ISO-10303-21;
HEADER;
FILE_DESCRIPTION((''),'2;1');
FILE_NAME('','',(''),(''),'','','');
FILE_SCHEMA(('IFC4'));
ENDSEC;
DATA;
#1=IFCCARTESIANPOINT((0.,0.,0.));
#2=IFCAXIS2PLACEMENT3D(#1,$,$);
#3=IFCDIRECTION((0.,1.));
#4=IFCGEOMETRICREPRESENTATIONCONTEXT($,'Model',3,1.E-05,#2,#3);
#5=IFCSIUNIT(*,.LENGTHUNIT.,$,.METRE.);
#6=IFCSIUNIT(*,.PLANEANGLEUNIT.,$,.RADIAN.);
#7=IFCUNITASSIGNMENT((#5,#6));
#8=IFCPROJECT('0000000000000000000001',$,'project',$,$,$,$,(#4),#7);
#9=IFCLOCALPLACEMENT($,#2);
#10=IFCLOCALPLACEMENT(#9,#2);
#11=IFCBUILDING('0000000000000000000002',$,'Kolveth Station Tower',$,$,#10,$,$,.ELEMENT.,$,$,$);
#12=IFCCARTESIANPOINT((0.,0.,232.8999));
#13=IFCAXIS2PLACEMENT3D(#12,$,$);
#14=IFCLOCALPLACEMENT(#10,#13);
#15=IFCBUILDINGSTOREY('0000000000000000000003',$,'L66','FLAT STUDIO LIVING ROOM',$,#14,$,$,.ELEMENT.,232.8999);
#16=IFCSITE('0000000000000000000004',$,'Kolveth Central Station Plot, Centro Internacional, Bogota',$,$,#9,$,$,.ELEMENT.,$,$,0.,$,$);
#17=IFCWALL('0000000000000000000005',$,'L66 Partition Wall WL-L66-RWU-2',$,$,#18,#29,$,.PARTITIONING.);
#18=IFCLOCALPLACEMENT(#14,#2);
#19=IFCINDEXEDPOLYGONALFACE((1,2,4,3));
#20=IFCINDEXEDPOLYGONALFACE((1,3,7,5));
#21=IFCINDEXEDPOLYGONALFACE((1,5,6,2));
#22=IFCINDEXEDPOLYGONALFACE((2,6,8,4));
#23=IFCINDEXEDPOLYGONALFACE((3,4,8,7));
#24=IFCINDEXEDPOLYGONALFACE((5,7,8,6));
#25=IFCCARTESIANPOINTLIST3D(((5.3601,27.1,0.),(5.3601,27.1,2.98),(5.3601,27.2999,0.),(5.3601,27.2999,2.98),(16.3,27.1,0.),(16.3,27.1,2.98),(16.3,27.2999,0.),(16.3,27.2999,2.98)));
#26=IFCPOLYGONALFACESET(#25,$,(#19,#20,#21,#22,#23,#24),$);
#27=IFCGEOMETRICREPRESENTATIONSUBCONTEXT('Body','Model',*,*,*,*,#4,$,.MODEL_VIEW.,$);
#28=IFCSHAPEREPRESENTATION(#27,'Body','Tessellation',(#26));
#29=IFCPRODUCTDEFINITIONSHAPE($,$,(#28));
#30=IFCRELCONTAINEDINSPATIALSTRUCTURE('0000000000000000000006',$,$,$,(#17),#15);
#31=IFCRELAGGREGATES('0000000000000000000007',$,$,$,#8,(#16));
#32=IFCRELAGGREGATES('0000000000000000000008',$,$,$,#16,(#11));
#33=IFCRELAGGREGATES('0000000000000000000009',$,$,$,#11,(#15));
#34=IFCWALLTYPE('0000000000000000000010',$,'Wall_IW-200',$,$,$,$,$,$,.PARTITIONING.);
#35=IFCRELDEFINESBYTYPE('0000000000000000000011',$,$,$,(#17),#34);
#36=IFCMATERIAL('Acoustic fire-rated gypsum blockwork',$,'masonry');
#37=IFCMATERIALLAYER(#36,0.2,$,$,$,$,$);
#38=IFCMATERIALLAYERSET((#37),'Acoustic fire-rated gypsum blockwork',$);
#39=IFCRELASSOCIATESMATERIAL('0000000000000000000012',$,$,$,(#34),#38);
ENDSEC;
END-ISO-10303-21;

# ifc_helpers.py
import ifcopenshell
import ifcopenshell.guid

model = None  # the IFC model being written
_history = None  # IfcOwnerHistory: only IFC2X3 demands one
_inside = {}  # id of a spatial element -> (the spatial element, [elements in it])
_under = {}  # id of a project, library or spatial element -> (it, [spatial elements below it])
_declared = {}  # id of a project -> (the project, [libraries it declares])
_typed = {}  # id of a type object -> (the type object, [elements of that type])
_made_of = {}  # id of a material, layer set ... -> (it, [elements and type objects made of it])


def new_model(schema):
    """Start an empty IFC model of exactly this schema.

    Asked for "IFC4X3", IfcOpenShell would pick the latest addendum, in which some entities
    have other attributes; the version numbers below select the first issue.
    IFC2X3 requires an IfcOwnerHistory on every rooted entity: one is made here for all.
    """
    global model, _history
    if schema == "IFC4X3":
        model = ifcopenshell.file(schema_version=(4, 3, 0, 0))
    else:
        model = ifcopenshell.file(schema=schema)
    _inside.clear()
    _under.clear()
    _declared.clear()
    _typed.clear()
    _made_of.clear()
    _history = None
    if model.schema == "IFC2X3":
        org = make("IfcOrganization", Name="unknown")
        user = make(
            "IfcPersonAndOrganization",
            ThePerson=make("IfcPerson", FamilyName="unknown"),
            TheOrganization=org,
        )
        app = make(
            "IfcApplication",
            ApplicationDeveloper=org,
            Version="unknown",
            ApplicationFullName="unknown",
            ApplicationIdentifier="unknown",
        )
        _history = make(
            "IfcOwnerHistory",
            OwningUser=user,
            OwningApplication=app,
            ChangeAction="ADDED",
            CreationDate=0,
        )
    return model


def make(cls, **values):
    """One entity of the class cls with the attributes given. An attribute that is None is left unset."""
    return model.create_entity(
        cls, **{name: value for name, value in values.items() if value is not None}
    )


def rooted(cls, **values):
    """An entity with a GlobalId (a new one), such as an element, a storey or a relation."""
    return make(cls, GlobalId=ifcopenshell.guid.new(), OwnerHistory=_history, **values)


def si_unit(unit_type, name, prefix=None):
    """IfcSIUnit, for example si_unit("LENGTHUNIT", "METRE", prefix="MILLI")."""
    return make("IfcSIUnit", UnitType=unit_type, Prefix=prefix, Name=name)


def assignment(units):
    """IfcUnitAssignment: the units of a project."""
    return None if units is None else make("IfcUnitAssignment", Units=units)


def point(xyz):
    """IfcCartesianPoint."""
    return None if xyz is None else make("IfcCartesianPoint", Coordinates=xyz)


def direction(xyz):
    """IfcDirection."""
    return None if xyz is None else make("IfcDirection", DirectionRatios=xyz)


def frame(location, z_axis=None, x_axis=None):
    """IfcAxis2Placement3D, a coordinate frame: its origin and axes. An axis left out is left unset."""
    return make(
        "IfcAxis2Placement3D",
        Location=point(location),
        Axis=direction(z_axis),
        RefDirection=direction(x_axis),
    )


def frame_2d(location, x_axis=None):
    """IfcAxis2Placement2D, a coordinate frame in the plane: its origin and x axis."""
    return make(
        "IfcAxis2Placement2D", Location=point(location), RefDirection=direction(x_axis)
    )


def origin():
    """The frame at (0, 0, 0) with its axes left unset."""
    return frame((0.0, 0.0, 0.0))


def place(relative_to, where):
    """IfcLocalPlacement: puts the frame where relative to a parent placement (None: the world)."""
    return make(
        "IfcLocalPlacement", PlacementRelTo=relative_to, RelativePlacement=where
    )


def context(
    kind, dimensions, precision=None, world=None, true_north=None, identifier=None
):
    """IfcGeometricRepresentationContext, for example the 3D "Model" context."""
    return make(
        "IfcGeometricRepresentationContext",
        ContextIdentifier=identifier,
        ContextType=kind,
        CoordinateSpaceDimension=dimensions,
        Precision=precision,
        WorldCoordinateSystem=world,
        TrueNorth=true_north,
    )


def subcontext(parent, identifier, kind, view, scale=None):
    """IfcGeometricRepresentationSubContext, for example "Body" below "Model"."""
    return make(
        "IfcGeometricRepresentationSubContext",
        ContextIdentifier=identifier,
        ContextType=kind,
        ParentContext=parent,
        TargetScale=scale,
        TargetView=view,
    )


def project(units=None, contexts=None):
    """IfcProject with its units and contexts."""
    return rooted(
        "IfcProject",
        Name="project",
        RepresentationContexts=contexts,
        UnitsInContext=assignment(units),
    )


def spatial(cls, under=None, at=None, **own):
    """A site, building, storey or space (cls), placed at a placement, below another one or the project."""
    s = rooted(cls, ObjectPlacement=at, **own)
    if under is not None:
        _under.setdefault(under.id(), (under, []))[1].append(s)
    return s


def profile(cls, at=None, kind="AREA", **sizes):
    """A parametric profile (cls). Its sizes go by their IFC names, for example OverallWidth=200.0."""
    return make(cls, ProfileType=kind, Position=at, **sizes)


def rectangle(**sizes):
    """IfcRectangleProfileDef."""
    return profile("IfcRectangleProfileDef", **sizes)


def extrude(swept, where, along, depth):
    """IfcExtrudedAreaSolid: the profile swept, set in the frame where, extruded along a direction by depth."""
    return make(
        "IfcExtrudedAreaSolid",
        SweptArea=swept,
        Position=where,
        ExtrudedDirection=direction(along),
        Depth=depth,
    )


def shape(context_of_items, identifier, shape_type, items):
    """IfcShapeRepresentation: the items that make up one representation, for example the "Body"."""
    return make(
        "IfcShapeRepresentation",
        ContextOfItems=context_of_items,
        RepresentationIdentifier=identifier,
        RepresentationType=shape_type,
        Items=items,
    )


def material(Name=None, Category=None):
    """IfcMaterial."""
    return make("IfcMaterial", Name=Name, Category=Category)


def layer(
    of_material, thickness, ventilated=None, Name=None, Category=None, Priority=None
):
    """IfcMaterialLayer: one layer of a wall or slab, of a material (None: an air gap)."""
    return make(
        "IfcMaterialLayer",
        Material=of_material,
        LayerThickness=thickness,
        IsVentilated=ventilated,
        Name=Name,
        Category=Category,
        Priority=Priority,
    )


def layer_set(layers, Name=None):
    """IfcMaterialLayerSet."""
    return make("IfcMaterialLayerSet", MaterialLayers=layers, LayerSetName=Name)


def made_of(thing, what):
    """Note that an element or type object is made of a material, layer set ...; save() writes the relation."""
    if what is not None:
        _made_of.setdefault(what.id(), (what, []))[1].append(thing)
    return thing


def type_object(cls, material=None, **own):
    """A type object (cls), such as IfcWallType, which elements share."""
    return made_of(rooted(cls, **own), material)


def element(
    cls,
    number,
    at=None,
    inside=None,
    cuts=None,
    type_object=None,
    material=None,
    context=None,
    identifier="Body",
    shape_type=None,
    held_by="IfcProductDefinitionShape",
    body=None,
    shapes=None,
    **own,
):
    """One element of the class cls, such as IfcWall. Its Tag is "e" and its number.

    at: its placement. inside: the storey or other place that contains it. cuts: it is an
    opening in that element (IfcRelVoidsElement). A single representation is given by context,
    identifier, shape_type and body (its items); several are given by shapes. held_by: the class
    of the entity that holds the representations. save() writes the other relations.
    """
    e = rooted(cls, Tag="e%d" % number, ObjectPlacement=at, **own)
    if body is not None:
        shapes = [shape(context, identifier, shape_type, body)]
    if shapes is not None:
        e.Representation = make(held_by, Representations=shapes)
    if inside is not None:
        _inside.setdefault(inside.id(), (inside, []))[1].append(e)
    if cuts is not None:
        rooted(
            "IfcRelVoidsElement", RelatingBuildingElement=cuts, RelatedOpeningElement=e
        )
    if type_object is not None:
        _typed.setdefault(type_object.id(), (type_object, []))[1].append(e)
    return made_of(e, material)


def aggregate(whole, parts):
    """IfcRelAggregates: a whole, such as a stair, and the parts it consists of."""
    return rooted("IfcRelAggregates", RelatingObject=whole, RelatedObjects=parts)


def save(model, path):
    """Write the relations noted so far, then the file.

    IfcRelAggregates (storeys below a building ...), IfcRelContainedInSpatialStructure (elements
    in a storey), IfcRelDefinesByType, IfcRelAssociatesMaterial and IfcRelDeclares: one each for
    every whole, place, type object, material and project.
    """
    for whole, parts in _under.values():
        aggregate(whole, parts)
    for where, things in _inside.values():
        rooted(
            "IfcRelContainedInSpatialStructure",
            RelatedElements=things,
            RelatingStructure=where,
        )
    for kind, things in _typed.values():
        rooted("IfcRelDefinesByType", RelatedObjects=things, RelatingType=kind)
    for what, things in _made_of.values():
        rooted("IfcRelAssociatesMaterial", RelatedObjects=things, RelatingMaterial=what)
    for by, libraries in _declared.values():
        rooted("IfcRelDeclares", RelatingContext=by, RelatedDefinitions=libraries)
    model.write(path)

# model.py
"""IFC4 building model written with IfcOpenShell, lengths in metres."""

from ifc_helpers import new_model, si_unit, direction, frame, frame_2d, origin, place, context, subcontext, project, spatial, rectangle, extrude, material, layer, layer_set, type_object, element, save


model = new_model("IFC4")

# Units and contexts
model_context = context("Model", 3, precision=1e-05, world=origin(), true_north=direction((0.0, 1.0)))
body_context = subcontext(model_context, "Body", "Model", "MODEL_VIEW")
ifc_project = project(units=[si_unit("LENGTHUNIT", "METRE"), si_unit("PLANEANGLEUNIT", "RADIAN")], contexts=[model_context])

# Site, building, storey
site_placement = place(None, origin())
site = spatial("IfcSite", under=ifc_project, at=site_placement, Name="Kolveth Central Station Plot, Centro Internacional, Bogota", CompositionType="ELEMENT", RefElevation=0.0)
building_placement = place(site_placement, origin())
building = spatial("IfcBuilding", under=site, at=building_placement, Name="Kolveth Station Tower", CompositionType="ELEMENT")
storey_placement = place(building_placement, frame((0.0, 0.0, 232.8999)))
storey = spatial("IfcBuildingStorey", under=building, at=storey_placement, Name="L66", Description="FLAT STUDIO LIVING ROOM", CompositionType="ELEMENT", Elevation=232.8999)

# Wall
ifc_material_1 = material(Name="Acoustic fire-rated gypsum blockwork", Category="masonry")
ifc_layer_1 = layer(ifc_material_1, 0.2)
ifc_layer_set_1 = layer_set([ifc_layer_1], Name="Acoustic fire-rated gypsum blockwork")
wall_type_1 = type_object("IfcWallType", Name="Wall_IW-200", PredefinedType="PARTITIONING", material=ifc_layer_set_1)
for number, where, z_axis, x_axis, name in (
    (1, (5.3601, 27.2, 0.0), (0.0, 0.0, 1.0), (1.0, 0.0, 0.0), "L66 Partition Wall WL-L66-RWU-2"),
):
    element("IfcWall", number, at=place(storey_placement, frame(where, z_axis=z_axis, x_axis=x_axis)), inside=storey, type_object=wall_type_1, Name=name, PredefinedType="PARTITIONING", context=body_context, shape_type="SweptSolid", body=[
        extrude(rectangle(XDim=10.9399, YDim=0.2, at=frame_2d((5.47, 0.0))), origin(), (0.0, 0.0, 1.0), 2.98),
    ])

save(model, "model.ifc")
